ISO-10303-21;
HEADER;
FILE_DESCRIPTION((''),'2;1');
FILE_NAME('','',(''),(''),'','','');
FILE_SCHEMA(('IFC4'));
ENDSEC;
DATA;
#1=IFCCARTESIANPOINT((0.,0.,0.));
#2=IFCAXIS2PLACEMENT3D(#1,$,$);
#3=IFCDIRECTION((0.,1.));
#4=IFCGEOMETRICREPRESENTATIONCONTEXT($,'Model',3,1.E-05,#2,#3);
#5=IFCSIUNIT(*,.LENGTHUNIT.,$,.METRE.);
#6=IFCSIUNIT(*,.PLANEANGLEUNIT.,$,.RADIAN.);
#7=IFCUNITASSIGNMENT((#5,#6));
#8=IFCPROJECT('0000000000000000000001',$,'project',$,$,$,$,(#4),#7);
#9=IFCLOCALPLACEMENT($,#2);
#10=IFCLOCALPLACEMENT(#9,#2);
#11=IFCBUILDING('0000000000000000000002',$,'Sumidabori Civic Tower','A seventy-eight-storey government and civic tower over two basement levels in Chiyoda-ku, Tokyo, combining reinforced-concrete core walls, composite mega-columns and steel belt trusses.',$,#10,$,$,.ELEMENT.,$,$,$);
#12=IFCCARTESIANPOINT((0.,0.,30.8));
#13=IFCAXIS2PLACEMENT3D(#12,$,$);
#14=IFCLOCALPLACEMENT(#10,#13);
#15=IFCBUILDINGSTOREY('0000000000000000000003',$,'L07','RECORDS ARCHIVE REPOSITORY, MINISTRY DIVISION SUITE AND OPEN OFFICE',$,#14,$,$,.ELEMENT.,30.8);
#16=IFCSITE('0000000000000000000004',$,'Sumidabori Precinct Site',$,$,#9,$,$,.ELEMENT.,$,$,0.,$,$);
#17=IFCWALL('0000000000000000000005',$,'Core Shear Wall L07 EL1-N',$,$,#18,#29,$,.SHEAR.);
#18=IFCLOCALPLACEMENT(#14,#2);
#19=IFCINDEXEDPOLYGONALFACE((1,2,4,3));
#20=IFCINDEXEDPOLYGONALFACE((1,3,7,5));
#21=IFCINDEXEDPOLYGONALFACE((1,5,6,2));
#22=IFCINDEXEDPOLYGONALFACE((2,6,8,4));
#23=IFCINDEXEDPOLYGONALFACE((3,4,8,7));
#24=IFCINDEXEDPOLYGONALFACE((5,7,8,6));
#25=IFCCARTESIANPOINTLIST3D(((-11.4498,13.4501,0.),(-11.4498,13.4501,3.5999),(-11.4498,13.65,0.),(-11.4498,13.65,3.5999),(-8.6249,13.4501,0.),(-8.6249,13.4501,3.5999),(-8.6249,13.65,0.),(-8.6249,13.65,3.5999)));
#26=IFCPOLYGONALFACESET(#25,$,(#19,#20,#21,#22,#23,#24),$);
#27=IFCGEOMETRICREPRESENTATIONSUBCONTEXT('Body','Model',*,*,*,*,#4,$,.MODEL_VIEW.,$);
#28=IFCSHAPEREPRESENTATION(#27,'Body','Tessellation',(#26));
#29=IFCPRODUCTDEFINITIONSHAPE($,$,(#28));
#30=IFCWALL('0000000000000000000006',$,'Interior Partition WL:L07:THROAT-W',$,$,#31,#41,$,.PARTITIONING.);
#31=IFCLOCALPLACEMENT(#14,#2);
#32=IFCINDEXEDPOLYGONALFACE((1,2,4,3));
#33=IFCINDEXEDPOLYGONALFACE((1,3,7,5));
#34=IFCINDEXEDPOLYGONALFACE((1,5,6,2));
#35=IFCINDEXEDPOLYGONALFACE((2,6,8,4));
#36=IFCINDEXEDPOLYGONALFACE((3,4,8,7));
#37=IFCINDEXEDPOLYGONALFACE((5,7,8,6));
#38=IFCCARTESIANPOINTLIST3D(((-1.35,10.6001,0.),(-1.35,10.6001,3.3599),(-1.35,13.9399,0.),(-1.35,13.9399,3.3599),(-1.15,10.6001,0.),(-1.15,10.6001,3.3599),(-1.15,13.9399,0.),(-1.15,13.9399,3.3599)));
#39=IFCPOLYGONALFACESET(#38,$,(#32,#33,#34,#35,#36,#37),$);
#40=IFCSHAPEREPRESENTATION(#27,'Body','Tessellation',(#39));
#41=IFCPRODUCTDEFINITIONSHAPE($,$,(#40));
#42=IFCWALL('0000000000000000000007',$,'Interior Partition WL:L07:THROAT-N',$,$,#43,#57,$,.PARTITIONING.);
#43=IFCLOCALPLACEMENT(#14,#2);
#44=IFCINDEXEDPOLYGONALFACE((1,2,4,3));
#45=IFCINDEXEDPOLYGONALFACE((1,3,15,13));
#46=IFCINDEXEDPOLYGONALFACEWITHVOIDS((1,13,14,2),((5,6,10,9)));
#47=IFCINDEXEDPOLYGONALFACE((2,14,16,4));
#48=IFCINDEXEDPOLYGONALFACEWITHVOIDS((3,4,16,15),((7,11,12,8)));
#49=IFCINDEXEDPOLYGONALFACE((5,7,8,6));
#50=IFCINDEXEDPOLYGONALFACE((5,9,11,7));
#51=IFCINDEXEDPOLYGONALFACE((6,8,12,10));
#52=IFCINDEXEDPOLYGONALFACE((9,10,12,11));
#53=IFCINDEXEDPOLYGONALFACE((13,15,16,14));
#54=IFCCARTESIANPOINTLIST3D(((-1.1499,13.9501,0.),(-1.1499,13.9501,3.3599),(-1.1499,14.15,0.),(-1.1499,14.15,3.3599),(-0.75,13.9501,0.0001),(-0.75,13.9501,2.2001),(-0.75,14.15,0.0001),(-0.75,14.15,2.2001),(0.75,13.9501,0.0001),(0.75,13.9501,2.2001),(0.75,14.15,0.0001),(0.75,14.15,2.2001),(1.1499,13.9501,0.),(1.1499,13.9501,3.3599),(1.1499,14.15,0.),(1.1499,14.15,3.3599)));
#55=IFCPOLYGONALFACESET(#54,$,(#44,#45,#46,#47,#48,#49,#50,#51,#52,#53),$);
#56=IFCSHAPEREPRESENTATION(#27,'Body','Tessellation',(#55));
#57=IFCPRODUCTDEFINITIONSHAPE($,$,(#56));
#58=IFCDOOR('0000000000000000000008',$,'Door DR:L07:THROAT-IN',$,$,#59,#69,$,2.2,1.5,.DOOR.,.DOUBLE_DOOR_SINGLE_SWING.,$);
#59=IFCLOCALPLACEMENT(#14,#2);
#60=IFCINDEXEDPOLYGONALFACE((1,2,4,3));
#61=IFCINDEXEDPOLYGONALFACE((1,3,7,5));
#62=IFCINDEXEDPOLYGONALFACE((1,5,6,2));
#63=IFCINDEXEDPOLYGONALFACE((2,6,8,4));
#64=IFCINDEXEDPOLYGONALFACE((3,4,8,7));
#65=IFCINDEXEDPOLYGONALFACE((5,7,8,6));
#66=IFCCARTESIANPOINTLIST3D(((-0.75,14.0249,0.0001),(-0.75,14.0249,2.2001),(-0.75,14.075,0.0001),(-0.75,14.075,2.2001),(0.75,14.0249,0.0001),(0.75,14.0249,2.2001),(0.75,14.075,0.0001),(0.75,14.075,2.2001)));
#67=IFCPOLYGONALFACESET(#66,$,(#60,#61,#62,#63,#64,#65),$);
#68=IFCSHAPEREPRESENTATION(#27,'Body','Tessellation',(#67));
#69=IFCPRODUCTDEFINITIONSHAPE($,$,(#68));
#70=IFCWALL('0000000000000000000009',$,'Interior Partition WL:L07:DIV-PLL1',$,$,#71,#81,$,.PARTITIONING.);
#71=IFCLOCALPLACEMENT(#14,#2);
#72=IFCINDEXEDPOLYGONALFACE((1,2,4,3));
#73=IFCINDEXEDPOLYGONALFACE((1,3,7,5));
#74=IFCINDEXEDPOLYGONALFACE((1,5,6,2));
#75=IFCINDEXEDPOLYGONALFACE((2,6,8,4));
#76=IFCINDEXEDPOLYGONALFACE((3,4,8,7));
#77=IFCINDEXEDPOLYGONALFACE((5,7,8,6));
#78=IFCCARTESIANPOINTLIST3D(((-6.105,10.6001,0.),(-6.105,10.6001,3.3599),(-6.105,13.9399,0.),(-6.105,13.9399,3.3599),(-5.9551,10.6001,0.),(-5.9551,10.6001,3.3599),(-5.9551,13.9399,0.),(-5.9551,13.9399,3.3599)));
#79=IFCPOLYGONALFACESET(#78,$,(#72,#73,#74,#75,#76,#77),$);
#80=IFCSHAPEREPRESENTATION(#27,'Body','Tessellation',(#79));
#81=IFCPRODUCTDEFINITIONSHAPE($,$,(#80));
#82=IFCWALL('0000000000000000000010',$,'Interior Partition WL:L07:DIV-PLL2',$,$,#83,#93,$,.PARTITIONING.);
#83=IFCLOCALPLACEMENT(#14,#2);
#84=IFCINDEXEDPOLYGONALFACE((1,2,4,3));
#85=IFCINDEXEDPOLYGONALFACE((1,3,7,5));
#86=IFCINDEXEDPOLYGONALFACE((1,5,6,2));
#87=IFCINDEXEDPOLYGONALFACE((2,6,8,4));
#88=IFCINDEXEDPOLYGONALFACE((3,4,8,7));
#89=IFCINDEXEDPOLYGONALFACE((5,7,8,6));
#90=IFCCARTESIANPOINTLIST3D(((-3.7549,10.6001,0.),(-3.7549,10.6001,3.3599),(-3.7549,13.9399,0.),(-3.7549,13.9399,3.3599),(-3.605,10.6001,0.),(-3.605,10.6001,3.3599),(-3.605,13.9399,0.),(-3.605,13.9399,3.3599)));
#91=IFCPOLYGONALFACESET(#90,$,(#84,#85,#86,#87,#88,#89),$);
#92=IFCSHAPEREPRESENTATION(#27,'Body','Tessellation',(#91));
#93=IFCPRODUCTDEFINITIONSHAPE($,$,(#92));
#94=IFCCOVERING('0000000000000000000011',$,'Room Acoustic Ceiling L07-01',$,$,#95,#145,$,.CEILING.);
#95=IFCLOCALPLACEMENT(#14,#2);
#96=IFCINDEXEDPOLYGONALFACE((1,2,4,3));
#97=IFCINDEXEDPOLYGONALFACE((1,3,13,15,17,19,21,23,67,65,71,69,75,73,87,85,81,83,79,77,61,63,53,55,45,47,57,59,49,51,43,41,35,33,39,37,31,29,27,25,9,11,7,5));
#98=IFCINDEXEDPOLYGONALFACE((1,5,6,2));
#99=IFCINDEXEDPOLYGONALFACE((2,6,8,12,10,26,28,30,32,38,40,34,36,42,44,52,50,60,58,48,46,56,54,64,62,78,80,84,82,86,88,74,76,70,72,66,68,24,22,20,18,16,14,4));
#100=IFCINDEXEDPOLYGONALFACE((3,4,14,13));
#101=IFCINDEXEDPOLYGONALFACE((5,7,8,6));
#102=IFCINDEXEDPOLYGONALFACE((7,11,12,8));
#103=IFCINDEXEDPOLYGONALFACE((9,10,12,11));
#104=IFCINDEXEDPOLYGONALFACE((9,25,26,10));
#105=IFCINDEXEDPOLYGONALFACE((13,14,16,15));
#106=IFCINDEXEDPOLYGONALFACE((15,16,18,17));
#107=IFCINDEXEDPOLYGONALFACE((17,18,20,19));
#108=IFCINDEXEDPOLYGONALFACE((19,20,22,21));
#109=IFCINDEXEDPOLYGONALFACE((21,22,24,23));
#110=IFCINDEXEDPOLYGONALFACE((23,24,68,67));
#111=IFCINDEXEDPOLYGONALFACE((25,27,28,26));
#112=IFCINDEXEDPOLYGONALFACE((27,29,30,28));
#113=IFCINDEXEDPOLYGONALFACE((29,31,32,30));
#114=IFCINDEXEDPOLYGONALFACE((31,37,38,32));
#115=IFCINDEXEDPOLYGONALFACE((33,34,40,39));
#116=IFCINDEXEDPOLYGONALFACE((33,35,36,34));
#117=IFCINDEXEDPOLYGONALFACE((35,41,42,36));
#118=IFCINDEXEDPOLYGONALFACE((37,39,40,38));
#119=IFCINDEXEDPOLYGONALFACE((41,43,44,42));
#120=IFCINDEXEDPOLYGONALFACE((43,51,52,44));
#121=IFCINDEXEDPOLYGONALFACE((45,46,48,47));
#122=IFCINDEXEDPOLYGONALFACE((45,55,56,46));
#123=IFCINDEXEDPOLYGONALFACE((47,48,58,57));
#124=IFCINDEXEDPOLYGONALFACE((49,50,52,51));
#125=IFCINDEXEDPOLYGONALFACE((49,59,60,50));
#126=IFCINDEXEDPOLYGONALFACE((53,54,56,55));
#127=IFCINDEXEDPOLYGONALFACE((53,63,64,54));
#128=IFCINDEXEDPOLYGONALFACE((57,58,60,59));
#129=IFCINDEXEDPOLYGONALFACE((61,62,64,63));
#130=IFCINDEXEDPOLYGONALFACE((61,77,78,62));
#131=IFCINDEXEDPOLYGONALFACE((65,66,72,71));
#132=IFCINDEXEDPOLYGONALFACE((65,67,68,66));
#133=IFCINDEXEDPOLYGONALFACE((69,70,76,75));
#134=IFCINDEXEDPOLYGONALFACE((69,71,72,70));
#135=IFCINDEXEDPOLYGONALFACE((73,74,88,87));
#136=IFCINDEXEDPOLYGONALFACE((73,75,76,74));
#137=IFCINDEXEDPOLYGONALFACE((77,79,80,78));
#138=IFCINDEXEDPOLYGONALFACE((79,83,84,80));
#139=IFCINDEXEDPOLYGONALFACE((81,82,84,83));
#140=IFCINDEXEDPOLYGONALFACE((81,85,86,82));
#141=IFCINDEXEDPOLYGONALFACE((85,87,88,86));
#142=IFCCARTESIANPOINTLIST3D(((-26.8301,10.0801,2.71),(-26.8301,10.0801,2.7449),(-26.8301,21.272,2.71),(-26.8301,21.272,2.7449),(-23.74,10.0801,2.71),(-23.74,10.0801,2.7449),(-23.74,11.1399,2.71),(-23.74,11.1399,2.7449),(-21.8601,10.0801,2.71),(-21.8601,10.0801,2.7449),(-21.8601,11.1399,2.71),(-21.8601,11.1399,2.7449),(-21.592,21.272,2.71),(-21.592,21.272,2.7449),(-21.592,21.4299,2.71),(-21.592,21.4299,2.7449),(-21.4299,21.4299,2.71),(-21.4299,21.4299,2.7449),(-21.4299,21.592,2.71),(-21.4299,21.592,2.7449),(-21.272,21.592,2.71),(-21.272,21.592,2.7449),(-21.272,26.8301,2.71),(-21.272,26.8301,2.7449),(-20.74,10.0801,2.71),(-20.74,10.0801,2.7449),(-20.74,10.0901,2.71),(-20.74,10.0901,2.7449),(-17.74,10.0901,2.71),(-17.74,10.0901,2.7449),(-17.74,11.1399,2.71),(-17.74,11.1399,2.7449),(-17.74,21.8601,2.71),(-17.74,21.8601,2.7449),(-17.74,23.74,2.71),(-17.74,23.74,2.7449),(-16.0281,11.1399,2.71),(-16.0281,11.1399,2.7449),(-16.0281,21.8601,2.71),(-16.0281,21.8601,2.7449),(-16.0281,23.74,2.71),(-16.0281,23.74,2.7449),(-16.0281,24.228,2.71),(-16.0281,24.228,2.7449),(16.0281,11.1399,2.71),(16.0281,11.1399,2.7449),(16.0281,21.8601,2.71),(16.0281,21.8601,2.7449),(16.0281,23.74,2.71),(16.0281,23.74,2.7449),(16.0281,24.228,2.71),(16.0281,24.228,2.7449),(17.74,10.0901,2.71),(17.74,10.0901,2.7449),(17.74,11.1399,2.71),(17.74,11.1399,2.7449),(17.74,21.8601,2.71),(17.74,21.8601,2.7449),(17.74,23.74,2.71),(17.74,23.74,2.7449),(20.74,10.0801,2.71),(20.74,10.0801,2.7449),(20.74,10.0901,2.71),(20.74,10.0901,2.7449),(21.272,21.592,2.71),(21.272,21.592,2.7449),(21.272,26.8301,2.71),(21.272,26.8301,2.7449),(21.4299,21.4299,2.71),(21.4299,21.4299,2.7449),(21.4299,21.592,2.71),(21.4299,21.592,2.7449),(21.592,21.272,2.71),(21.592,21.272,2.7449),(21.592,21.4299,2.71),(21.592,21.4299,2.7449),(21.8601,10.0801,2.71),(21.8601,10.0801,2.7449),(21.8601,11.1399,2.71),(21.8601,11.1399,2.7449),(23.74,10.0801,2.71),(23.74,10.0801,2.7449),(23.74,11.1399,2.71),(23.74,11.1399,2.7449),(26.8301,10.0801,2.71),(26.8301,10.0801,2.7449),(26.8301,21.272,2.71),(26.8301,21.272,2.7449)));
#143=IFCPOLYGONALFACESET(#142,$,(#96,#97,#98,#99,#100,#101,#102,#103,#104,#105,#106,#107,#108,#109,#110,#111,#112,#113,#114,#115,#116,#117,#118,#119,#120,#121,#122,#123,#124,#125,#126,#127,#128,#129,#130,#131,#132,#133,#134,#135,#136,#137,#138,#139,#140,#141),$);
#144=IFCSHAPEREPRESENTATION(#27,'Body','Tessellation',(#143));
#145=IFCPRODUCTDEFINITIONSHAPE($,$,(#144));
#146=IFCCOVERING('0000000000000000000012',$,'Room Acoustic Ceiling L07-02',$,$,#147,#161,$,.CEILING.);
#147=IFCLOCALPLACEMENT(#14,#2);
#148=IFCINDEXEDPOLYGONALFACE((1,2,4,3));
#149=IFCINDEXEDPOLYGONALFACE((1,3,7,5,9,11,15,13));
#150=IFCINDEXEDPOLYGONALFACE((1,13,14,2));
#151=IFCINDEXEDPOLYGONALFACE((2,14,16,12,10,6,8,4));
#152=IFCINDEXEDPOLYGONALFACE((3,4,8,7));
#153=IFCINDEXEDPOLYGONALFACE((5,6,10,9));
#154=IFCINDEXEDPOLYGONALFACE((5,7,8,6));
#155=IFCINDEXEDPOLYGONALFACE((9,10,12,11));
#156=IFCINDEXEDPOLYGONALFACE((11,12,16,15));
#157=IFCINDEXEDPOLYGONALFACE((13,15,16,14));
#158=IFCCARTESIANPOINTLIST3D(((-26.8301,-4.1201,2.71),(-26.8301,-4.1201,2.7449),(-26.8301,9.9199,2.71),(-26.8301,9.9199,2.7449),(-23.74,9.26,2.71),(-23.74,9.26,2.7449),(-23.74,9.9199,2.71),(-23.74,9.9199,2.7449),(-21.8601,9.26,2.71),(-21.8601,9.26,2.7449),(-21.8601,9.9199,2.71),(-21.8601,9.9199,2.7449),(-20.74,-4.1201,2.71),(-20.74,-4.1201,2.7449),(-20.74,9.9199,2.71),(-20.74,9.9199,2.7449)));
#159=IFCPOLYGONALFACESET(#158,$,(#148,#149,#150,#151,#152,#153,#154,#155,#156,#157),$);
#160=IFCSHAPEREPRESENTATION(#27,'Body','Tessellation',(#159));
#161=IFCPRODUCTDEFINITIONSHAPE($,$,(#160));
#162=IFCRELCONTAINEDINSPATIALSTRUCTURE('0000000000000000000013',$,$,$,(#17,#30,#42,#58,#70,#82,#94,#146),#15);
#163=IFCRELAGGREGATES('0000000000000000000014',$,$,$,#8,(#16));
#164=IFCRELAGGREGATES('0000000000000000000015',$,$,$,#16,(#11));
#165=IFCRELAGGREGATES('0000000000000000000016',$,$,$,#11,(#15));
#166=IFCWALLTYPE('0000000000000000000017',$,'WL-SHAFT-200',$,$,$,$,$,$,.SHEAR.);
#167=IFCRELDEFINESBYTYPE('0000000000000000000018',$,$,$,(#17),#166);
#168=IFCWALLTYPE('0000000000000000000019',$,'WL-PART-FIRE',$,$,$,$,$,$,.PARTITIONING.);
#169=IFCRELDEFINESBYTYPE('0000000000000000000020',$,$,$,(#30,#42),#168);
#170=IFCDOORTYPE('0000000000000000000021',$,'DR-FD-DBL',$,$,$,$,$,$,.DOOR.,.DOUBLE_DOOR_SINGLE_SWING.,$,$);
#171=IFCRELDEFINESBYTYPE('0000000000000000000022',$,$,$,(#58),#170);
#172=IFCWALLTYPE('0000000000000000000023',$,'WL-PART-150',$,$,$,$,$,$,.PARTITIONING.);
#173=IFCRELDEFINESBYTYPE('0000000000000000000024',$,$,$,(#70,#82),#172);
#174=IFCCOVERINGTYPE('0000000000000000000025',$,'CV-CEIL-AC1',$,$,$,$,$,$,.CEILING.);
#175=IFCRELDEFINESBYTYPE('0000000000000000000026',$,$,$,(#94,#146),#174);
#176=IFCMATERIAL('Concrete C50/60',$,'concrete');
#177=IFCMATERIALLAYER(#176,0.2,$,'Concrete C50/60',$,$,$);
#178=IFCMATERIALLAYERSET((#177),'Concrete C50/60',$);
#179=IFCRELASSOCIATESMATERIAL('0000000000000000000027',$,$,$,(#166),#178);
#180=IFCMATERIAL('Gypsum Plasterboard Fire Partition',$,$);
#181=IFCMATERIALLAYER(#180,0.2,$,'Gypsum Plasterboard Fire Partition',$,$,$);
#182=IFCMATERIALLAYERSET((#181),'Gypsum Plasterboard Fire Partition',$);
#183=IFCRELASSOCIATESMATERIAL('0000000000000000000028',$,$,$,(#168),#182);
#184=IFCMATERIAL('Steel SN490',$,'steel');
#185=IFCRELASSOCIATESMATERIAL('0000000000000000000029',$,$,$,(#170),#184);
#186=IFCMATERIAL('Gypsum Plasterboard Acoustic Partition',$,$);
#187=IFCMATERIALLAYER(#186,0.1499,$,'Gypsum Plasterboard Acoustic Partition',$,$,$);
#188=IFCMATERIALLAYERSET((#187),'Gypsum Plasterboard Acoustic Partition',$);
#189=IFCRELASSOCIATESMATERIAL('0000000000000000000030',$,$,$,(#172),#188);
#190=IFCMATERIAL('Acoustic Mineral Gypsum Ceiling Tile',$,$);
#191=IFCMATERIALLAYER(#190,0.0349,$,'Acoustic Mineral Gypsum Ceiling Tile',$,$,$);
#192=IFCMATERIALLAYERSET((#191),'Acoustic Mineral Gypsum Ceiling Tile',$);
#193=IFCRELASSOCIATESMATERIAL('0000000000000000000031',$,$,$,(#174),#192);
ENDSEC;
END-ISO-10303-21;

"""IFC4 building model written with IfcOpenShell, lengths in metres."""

from ifc_helpers import new_model, si_unit, direction, frame, frame_2d, origin, place, context, subcontext, project, spatial, polyline, rectangle, outline, extrude, source, transform, mapped, material, layer, layer_set, type_object, element, fill, save


model = new_model("IFC4")

# Units and contexts
model_context = context("Model", 3, precision=1e-05, world=origin(), true_north=direction((0.0, 1.0)))
body_context = subcontext(model_context, "Body", "Model", "MODEL_VIEW")
ifc_project = project(units=[si_unit("LENGTHUNIT", "METRE"), si_unit("PLANEANGLEUNIT", "RADIAN")], contexts=[model_context])

# Site, building, storey
site_placement = place(None, origin())
site = spatial("IfcSite", under=ifc_project, at=site_placement, Name="Sumidabori Precinct Site", CompositionType="ELEMENT", RefElevation=0.0)
building_placement = place(site_placement, origin())
building = spatial("IfcBuilding", under=site, at=building_placement, Name="Sumidabori Civic Tower", Description="A seventy-eight-storey government and civic tower over two basement levels in Chiyoda-ku, Tokyo, combining reinforced-concrete core walls, composite mega-columns and steel belt trusses.", CompositionType="ELEMENT")
storey_placement = place(building_placement, frame((0.0, 0.0, 30.8)))
storey = spatial("IfcBuildingStorey", under=building, at=storey_placement, Name="L07", Description="RECORDS ARCHIVE REPOSITORY, MINISTRY DIVISION SUITE AND OPEN OFFICE", CompositionType="ELEMENT", Elevation=30.8)

# Shared definitions
ifc_material_1 = material(Name="Concrete C50/60", Category="concrete")

# Shared definitions
ifc_material_2 = material(Name="Steel SN490", Category="steel")

# Shared definitions
ifc_layer_1 = layer(ifc_material_1, 0.2, Name="Concrete C50/60")
ifc_layer_set_1 = layer_set([ifc_layer_1], Name="Concrete C50/60")
wall_type_1 = type_object("IfcWallType", Name="WL-SHAFT-200", PredefinedType="SHEAR", material=ifc_layer_set_1)

# Wall
shared_shape_1 = source(origin(), body_context, "Body", "SweptSolid", [
    extrude(rectangle(XDim=2.825, YDim=0.2, at=frame_2d((1.4126, 0.0))), origin(), (0.0, 0.0, 1.0), 3.5999),
])
wall_1_placement = place(storey_placement, frame((-11.45, 13.55, 0.0), z_axis=(0.0, 0.0, 1.0), x_axis=(1.0, 0.0, 0.0)))
element("IfcWall", 1, at=wall_1_placement, inside=storey, type_object=wall_type_1, Name="Core Shear Wall L07 EL1-N", PredefinedType="SHEAR", context=body_context, shape_type="MappedRepresentation", body=[
    mapped(shared_shape_1, transform((0.0, 0.0, 0.0), x_axis=(1.0, 0.0, 0.0), y_axis=(0.0, 1.0, 0.0), z_axis=(0.0, 0.0, 1.0), scale=1.0)),
])

# Shared definitions
ifc_material_3 = material(Name="Gypsum Plasterboard Fire Partition")
ifc_layer_2 = layer(ifc_material_3, 0.2, Name="Gypsum Plasterboard Fire Partition")
ifc_layer_set_2 = layer_set([ifc_layer_2], Name="Gypsum Plasterboard Fire Partition")
wall_type_2 = type_object("IfcWallType", Name="WL-PART-FIRE", PredefinedType="PARTITIONING", material=ifc_layer_set_2)

# Wall
shared_shape_2 = source(origin(), body_context, "Body", "SweptSolid", [
    extrude(rectangle(XDim=3.3398, YDim=0.2, at=frame_2d((1.6699, 0.0))), origin(), (0.0, 0.0, 1.0), 3.3599),
])
wall_2_placement = place(storey_placement, frame((-1.25, 10.6001, 0.0), z_axis=(0.0, 0.0, 1.0), x_axis=(0.0, 1.0, 0.0)))
element("IfcWall", 2, at=wall_2_placement, inside=storey, type_object=wall_type_2, Name="Interior Partition WL:L07:THROAT-W", PredefinedType="PARTITIONING", context=body_context, shape_type="MappedRepresentation", body=[
    mapped(shared_shape_2, transform((0.0, 0.0, 0.0), x_axis=(1.0, 0.0, 0.0), y_axis=(0.0, 1.0, 0.0), z_axis=(0.0, 0.0, 1.0), scale=1.0)),
])

# Wall, opening, door
shared_shape_3 = source(origin(), body_context, "Body", "SweptSolid", [
    extrude(rectangle(XDim=2.2998, YDim=0.2, at=frame_2d((1.1499, 0.0))), origin(), (0.0, 0.0, 1.0), 3.3599),
])
wall_3_placement = place(storey_placement, frame((-1.1499, 14.05, 0.0), z_axis=(0.0, 0.0, 1.0), x_axis=(1.0, 0.0, 0.0)))
wall_3 = element("IfcWall", 3, at=wall_3_placement, inside=storey, type_object=wall_type_2, Name="Interior Partition WL:L07:THROAT-N", PredefinedType="PARTITIONING", context=body_context, shape_type="MappedRepresentation", body=[
    mapped(shared_shape_3, transform((0.0, 0.0, 0.0), x_axis=(1.0, 0.0, 0.0), y_axis=(0.0, 1.0, 0.0), z_axis=(0.0, 0.0, 1.0), scale=1.0)),
])
opening_1_placement = place(wall_3_placement, frame((0.3999, 0.0, 0.0)))
opening_1 = element("IfcOpeningElement", 4, at=opening_1_placement, cuts=wall_3, PredefinedType="OPENING", context=body_context, shape_type="SweptSolid", body=[
    extrude(rectangle(XDim=1.5, YDim=2.2, at=frame_2d((0.75, 1.1001))), frame((0.0, 0.1118, 0.0), z_axis=(0.0, -1.0, 0.0), x_axis=(1.0, 0.0, 0.0)), (0.0, 0.0, 1.0), 0.2239),
])
door_type_1 = type_object("IfcDoorType", Name="DR-FD-DBL", OperationType="DOUBLE_DOOR_SINGLE_SWING", PredefinedType="DOOR", material=ifc_material_2)
shared_shape_4 = source(origin(), body_context, "Body", "SweptSolid", [
    extrude(rectangle(XDim=1.5, YDim=2.2, at=frame_2d((0.75, 1.1001))), frame((0.0, 0.0249, 0.0), z_axis=(0.0, -1.0, 0.0), x_axis=(1.0, 0.0, 0.0)), (0.0, 0.0, 1.0), 0.05),
])
door_1_placement = place(opening_1_placement, origin())
door_1 = element("IfcDoor", 5, at=door_1_placement, inside=storey, type_object=door_type_1, Name="Door DR:L07:THROAT-IN", OperationType="DOUBLE_DOOR_SINGLE_SWING", OverallHeight=2.2, OverallWidth=1.5, PredefinedType="DOOR", context=body_context, shape_type="MappedRepresentation", body=[
    mapped(shared_shape_4, transform((0.0, 0.0, 0.0), x_axis=(1.0, 0.0, 0.0), y_axis=(0.0, 1.0, 0.0), z_axis=(0.0, 0.0, 1.0), scale=1.0)),
])
fill(opening_1, door_1)

# Walls
ifc_material_4 = material(Name="Gypsum Plasterboard Acoustic Partition")
ifc_layer_3 = layer(ifc_material_4, 0.1499, Name="Gypsum Plasterboard Acoustic Partition")
ifc_layer_set_3 = layer_set([ifc_layer_3], Name="Gypsum Plasterboard Acoustic Partition")
wall_type_3 = type_object("IfcWallType", Name="WL-PART-150", PredefinedType="PARTITIONING", material=ifc_layer_set_3)
shared_shape_5 = source(origin(), body_context, "Body", "SweptSolid", [
    extrude(rectangle(XDim=3.3398, YDim=0.1499, at=frame_2d((1.6699, 0.0))), origin(), (0.0, 0.0, 1.0), 3.3599),
])
for number, where, z_axis, x_axis, name in (
    (6, (-6.03, 10.6001, 0.0), (0.0, 0.0, 1.0), (0.0, 1.0, 0.0), "Interior Partition WL:L07:DIV-PLL1"),
    (7, (-3.6799, 10.6001, 0.0), (0.0, 0.0, 1.0), (0.0, 1.0, 0.0), "Interior Partition WL:L07:DIV-PLL2"),
):
    element("IfcWall", number, at=place(storey_placement, frame(where, z_axis=z_axis, x_axis=x_axis)), inside=storey, type_object=wall_type_3, Name=name, PredefinedType="PARTITIONING", context=body_context, shape_type="MappedRepresentation", body=[
        mapped(shared_shape_5, transform((0.0, 0.0, 0.0), x_axis=(1.0, 0.0, 0.0), y_axis=(0.0, 1.0, 0.0), z_axis=(0.0, 0.0, 1.0), scale=1.0)),
    ])

# Coverings
ifc_material_5 = material(Name="Acoustic Mineral Gypsum Ceiling Tile")
ifc_layer_4 = layer(ifc_material_5, 0.0349, Name="Acoustic Mineral Gypsum Ceiling Tile")
ifc_layer_set_4 = layer_set([ifc_layer_4], Name="Acoustic Mineral Gypsum Ceiling Tile")
covering_type_1 = type_object("IfcCoveringType", Name="CV-CEIL-AC1", PredefinedType="CEILING", material=ifc_layer_set_4)
covering_1_placement = place(storey_placement, frame((0.0, 0.0, 2.71)))
element("IfcCovering", 8, at=covering_1_placement, inside=storey, type_object=covering_type_1, Name="Room Acoustic Ceiling L07-01", PredefinedType="CEILING", context=body_context, shape_type="SweptSolid", body=[
    extrude(outline(polyline([(-21.8601, 11.1399), (-23.74, 11.1399), (-23.74, 10.0801), (-26.8301, 10.0801), (-26.8301, 21.272), (-21.592, 21.272), (-21.592, 21.4299), (-21.4299, 21.4299), (-21.4299, 21.592), (-21.272, 21.592), (-21.272, 26.8301), (21.272, 26.8301), (21.272, 21.592), (21.4299, 21.592), (21.4299, 21.4299), (21.592, 21.4299), (21.592, 21.272), (26.8301, 21.272), (26.8301, 10.0801), (23.74, 10.0801), (23.74, 11.1399), (21.8601, 11.1399), (21.8601, 10.0801), (20.74, 10.0801), (20.74, 10.0901), (17.74, 10.0901), (17.74, 11.1399), (16.0281, 11.1399), (16.0281, 21.8601), (17.74, 21.8601), (17.74, 23.74), (16.0281, 23.74), (16.0281, 24.228), (-16.0281, 24.228), (-16.0281, 23.74), (-17.74, 23.74), (-17.74, 21.8601), (-16.0281, 21.8601), (-16.0281, 11.1399), (-17.74, 11.1399), (-17.74, 10.0901), (-20.74, 10.0901), (-20.74, 10.0801), (-21.8601, 10.0801), (-21.8601, 11.1399)])), origin(), (0.0, 0.0, 1.0), 0.0349),
])
covering_2_placement = place(storey_placement, frame((0.0, 0.0, 2.71)))
element("IfcCovering", 9, at=covering_2_placement, inside=storey, type_object=covering_type_1, Name="Room Acoustic Ceiling L07-02", PredefinedType="CEILING", context=body_context, shape_type="SweptSolid", body=[
    extrude(outline(polyline([(-26.8301, -4.1201), (-26.8301, 9.9199), (-23.74, 9.9199), (-23.74, 9.26), (-21.8601, 9.26), (-21.8601, 9.9199), (-20.74, 9.9199), (-20.74, -4.1201), (-26.8301, -4.1201)])), origin(), (0.0, 0.0, 1.0), 0.0349),
])

save(model, "model.ifc")
